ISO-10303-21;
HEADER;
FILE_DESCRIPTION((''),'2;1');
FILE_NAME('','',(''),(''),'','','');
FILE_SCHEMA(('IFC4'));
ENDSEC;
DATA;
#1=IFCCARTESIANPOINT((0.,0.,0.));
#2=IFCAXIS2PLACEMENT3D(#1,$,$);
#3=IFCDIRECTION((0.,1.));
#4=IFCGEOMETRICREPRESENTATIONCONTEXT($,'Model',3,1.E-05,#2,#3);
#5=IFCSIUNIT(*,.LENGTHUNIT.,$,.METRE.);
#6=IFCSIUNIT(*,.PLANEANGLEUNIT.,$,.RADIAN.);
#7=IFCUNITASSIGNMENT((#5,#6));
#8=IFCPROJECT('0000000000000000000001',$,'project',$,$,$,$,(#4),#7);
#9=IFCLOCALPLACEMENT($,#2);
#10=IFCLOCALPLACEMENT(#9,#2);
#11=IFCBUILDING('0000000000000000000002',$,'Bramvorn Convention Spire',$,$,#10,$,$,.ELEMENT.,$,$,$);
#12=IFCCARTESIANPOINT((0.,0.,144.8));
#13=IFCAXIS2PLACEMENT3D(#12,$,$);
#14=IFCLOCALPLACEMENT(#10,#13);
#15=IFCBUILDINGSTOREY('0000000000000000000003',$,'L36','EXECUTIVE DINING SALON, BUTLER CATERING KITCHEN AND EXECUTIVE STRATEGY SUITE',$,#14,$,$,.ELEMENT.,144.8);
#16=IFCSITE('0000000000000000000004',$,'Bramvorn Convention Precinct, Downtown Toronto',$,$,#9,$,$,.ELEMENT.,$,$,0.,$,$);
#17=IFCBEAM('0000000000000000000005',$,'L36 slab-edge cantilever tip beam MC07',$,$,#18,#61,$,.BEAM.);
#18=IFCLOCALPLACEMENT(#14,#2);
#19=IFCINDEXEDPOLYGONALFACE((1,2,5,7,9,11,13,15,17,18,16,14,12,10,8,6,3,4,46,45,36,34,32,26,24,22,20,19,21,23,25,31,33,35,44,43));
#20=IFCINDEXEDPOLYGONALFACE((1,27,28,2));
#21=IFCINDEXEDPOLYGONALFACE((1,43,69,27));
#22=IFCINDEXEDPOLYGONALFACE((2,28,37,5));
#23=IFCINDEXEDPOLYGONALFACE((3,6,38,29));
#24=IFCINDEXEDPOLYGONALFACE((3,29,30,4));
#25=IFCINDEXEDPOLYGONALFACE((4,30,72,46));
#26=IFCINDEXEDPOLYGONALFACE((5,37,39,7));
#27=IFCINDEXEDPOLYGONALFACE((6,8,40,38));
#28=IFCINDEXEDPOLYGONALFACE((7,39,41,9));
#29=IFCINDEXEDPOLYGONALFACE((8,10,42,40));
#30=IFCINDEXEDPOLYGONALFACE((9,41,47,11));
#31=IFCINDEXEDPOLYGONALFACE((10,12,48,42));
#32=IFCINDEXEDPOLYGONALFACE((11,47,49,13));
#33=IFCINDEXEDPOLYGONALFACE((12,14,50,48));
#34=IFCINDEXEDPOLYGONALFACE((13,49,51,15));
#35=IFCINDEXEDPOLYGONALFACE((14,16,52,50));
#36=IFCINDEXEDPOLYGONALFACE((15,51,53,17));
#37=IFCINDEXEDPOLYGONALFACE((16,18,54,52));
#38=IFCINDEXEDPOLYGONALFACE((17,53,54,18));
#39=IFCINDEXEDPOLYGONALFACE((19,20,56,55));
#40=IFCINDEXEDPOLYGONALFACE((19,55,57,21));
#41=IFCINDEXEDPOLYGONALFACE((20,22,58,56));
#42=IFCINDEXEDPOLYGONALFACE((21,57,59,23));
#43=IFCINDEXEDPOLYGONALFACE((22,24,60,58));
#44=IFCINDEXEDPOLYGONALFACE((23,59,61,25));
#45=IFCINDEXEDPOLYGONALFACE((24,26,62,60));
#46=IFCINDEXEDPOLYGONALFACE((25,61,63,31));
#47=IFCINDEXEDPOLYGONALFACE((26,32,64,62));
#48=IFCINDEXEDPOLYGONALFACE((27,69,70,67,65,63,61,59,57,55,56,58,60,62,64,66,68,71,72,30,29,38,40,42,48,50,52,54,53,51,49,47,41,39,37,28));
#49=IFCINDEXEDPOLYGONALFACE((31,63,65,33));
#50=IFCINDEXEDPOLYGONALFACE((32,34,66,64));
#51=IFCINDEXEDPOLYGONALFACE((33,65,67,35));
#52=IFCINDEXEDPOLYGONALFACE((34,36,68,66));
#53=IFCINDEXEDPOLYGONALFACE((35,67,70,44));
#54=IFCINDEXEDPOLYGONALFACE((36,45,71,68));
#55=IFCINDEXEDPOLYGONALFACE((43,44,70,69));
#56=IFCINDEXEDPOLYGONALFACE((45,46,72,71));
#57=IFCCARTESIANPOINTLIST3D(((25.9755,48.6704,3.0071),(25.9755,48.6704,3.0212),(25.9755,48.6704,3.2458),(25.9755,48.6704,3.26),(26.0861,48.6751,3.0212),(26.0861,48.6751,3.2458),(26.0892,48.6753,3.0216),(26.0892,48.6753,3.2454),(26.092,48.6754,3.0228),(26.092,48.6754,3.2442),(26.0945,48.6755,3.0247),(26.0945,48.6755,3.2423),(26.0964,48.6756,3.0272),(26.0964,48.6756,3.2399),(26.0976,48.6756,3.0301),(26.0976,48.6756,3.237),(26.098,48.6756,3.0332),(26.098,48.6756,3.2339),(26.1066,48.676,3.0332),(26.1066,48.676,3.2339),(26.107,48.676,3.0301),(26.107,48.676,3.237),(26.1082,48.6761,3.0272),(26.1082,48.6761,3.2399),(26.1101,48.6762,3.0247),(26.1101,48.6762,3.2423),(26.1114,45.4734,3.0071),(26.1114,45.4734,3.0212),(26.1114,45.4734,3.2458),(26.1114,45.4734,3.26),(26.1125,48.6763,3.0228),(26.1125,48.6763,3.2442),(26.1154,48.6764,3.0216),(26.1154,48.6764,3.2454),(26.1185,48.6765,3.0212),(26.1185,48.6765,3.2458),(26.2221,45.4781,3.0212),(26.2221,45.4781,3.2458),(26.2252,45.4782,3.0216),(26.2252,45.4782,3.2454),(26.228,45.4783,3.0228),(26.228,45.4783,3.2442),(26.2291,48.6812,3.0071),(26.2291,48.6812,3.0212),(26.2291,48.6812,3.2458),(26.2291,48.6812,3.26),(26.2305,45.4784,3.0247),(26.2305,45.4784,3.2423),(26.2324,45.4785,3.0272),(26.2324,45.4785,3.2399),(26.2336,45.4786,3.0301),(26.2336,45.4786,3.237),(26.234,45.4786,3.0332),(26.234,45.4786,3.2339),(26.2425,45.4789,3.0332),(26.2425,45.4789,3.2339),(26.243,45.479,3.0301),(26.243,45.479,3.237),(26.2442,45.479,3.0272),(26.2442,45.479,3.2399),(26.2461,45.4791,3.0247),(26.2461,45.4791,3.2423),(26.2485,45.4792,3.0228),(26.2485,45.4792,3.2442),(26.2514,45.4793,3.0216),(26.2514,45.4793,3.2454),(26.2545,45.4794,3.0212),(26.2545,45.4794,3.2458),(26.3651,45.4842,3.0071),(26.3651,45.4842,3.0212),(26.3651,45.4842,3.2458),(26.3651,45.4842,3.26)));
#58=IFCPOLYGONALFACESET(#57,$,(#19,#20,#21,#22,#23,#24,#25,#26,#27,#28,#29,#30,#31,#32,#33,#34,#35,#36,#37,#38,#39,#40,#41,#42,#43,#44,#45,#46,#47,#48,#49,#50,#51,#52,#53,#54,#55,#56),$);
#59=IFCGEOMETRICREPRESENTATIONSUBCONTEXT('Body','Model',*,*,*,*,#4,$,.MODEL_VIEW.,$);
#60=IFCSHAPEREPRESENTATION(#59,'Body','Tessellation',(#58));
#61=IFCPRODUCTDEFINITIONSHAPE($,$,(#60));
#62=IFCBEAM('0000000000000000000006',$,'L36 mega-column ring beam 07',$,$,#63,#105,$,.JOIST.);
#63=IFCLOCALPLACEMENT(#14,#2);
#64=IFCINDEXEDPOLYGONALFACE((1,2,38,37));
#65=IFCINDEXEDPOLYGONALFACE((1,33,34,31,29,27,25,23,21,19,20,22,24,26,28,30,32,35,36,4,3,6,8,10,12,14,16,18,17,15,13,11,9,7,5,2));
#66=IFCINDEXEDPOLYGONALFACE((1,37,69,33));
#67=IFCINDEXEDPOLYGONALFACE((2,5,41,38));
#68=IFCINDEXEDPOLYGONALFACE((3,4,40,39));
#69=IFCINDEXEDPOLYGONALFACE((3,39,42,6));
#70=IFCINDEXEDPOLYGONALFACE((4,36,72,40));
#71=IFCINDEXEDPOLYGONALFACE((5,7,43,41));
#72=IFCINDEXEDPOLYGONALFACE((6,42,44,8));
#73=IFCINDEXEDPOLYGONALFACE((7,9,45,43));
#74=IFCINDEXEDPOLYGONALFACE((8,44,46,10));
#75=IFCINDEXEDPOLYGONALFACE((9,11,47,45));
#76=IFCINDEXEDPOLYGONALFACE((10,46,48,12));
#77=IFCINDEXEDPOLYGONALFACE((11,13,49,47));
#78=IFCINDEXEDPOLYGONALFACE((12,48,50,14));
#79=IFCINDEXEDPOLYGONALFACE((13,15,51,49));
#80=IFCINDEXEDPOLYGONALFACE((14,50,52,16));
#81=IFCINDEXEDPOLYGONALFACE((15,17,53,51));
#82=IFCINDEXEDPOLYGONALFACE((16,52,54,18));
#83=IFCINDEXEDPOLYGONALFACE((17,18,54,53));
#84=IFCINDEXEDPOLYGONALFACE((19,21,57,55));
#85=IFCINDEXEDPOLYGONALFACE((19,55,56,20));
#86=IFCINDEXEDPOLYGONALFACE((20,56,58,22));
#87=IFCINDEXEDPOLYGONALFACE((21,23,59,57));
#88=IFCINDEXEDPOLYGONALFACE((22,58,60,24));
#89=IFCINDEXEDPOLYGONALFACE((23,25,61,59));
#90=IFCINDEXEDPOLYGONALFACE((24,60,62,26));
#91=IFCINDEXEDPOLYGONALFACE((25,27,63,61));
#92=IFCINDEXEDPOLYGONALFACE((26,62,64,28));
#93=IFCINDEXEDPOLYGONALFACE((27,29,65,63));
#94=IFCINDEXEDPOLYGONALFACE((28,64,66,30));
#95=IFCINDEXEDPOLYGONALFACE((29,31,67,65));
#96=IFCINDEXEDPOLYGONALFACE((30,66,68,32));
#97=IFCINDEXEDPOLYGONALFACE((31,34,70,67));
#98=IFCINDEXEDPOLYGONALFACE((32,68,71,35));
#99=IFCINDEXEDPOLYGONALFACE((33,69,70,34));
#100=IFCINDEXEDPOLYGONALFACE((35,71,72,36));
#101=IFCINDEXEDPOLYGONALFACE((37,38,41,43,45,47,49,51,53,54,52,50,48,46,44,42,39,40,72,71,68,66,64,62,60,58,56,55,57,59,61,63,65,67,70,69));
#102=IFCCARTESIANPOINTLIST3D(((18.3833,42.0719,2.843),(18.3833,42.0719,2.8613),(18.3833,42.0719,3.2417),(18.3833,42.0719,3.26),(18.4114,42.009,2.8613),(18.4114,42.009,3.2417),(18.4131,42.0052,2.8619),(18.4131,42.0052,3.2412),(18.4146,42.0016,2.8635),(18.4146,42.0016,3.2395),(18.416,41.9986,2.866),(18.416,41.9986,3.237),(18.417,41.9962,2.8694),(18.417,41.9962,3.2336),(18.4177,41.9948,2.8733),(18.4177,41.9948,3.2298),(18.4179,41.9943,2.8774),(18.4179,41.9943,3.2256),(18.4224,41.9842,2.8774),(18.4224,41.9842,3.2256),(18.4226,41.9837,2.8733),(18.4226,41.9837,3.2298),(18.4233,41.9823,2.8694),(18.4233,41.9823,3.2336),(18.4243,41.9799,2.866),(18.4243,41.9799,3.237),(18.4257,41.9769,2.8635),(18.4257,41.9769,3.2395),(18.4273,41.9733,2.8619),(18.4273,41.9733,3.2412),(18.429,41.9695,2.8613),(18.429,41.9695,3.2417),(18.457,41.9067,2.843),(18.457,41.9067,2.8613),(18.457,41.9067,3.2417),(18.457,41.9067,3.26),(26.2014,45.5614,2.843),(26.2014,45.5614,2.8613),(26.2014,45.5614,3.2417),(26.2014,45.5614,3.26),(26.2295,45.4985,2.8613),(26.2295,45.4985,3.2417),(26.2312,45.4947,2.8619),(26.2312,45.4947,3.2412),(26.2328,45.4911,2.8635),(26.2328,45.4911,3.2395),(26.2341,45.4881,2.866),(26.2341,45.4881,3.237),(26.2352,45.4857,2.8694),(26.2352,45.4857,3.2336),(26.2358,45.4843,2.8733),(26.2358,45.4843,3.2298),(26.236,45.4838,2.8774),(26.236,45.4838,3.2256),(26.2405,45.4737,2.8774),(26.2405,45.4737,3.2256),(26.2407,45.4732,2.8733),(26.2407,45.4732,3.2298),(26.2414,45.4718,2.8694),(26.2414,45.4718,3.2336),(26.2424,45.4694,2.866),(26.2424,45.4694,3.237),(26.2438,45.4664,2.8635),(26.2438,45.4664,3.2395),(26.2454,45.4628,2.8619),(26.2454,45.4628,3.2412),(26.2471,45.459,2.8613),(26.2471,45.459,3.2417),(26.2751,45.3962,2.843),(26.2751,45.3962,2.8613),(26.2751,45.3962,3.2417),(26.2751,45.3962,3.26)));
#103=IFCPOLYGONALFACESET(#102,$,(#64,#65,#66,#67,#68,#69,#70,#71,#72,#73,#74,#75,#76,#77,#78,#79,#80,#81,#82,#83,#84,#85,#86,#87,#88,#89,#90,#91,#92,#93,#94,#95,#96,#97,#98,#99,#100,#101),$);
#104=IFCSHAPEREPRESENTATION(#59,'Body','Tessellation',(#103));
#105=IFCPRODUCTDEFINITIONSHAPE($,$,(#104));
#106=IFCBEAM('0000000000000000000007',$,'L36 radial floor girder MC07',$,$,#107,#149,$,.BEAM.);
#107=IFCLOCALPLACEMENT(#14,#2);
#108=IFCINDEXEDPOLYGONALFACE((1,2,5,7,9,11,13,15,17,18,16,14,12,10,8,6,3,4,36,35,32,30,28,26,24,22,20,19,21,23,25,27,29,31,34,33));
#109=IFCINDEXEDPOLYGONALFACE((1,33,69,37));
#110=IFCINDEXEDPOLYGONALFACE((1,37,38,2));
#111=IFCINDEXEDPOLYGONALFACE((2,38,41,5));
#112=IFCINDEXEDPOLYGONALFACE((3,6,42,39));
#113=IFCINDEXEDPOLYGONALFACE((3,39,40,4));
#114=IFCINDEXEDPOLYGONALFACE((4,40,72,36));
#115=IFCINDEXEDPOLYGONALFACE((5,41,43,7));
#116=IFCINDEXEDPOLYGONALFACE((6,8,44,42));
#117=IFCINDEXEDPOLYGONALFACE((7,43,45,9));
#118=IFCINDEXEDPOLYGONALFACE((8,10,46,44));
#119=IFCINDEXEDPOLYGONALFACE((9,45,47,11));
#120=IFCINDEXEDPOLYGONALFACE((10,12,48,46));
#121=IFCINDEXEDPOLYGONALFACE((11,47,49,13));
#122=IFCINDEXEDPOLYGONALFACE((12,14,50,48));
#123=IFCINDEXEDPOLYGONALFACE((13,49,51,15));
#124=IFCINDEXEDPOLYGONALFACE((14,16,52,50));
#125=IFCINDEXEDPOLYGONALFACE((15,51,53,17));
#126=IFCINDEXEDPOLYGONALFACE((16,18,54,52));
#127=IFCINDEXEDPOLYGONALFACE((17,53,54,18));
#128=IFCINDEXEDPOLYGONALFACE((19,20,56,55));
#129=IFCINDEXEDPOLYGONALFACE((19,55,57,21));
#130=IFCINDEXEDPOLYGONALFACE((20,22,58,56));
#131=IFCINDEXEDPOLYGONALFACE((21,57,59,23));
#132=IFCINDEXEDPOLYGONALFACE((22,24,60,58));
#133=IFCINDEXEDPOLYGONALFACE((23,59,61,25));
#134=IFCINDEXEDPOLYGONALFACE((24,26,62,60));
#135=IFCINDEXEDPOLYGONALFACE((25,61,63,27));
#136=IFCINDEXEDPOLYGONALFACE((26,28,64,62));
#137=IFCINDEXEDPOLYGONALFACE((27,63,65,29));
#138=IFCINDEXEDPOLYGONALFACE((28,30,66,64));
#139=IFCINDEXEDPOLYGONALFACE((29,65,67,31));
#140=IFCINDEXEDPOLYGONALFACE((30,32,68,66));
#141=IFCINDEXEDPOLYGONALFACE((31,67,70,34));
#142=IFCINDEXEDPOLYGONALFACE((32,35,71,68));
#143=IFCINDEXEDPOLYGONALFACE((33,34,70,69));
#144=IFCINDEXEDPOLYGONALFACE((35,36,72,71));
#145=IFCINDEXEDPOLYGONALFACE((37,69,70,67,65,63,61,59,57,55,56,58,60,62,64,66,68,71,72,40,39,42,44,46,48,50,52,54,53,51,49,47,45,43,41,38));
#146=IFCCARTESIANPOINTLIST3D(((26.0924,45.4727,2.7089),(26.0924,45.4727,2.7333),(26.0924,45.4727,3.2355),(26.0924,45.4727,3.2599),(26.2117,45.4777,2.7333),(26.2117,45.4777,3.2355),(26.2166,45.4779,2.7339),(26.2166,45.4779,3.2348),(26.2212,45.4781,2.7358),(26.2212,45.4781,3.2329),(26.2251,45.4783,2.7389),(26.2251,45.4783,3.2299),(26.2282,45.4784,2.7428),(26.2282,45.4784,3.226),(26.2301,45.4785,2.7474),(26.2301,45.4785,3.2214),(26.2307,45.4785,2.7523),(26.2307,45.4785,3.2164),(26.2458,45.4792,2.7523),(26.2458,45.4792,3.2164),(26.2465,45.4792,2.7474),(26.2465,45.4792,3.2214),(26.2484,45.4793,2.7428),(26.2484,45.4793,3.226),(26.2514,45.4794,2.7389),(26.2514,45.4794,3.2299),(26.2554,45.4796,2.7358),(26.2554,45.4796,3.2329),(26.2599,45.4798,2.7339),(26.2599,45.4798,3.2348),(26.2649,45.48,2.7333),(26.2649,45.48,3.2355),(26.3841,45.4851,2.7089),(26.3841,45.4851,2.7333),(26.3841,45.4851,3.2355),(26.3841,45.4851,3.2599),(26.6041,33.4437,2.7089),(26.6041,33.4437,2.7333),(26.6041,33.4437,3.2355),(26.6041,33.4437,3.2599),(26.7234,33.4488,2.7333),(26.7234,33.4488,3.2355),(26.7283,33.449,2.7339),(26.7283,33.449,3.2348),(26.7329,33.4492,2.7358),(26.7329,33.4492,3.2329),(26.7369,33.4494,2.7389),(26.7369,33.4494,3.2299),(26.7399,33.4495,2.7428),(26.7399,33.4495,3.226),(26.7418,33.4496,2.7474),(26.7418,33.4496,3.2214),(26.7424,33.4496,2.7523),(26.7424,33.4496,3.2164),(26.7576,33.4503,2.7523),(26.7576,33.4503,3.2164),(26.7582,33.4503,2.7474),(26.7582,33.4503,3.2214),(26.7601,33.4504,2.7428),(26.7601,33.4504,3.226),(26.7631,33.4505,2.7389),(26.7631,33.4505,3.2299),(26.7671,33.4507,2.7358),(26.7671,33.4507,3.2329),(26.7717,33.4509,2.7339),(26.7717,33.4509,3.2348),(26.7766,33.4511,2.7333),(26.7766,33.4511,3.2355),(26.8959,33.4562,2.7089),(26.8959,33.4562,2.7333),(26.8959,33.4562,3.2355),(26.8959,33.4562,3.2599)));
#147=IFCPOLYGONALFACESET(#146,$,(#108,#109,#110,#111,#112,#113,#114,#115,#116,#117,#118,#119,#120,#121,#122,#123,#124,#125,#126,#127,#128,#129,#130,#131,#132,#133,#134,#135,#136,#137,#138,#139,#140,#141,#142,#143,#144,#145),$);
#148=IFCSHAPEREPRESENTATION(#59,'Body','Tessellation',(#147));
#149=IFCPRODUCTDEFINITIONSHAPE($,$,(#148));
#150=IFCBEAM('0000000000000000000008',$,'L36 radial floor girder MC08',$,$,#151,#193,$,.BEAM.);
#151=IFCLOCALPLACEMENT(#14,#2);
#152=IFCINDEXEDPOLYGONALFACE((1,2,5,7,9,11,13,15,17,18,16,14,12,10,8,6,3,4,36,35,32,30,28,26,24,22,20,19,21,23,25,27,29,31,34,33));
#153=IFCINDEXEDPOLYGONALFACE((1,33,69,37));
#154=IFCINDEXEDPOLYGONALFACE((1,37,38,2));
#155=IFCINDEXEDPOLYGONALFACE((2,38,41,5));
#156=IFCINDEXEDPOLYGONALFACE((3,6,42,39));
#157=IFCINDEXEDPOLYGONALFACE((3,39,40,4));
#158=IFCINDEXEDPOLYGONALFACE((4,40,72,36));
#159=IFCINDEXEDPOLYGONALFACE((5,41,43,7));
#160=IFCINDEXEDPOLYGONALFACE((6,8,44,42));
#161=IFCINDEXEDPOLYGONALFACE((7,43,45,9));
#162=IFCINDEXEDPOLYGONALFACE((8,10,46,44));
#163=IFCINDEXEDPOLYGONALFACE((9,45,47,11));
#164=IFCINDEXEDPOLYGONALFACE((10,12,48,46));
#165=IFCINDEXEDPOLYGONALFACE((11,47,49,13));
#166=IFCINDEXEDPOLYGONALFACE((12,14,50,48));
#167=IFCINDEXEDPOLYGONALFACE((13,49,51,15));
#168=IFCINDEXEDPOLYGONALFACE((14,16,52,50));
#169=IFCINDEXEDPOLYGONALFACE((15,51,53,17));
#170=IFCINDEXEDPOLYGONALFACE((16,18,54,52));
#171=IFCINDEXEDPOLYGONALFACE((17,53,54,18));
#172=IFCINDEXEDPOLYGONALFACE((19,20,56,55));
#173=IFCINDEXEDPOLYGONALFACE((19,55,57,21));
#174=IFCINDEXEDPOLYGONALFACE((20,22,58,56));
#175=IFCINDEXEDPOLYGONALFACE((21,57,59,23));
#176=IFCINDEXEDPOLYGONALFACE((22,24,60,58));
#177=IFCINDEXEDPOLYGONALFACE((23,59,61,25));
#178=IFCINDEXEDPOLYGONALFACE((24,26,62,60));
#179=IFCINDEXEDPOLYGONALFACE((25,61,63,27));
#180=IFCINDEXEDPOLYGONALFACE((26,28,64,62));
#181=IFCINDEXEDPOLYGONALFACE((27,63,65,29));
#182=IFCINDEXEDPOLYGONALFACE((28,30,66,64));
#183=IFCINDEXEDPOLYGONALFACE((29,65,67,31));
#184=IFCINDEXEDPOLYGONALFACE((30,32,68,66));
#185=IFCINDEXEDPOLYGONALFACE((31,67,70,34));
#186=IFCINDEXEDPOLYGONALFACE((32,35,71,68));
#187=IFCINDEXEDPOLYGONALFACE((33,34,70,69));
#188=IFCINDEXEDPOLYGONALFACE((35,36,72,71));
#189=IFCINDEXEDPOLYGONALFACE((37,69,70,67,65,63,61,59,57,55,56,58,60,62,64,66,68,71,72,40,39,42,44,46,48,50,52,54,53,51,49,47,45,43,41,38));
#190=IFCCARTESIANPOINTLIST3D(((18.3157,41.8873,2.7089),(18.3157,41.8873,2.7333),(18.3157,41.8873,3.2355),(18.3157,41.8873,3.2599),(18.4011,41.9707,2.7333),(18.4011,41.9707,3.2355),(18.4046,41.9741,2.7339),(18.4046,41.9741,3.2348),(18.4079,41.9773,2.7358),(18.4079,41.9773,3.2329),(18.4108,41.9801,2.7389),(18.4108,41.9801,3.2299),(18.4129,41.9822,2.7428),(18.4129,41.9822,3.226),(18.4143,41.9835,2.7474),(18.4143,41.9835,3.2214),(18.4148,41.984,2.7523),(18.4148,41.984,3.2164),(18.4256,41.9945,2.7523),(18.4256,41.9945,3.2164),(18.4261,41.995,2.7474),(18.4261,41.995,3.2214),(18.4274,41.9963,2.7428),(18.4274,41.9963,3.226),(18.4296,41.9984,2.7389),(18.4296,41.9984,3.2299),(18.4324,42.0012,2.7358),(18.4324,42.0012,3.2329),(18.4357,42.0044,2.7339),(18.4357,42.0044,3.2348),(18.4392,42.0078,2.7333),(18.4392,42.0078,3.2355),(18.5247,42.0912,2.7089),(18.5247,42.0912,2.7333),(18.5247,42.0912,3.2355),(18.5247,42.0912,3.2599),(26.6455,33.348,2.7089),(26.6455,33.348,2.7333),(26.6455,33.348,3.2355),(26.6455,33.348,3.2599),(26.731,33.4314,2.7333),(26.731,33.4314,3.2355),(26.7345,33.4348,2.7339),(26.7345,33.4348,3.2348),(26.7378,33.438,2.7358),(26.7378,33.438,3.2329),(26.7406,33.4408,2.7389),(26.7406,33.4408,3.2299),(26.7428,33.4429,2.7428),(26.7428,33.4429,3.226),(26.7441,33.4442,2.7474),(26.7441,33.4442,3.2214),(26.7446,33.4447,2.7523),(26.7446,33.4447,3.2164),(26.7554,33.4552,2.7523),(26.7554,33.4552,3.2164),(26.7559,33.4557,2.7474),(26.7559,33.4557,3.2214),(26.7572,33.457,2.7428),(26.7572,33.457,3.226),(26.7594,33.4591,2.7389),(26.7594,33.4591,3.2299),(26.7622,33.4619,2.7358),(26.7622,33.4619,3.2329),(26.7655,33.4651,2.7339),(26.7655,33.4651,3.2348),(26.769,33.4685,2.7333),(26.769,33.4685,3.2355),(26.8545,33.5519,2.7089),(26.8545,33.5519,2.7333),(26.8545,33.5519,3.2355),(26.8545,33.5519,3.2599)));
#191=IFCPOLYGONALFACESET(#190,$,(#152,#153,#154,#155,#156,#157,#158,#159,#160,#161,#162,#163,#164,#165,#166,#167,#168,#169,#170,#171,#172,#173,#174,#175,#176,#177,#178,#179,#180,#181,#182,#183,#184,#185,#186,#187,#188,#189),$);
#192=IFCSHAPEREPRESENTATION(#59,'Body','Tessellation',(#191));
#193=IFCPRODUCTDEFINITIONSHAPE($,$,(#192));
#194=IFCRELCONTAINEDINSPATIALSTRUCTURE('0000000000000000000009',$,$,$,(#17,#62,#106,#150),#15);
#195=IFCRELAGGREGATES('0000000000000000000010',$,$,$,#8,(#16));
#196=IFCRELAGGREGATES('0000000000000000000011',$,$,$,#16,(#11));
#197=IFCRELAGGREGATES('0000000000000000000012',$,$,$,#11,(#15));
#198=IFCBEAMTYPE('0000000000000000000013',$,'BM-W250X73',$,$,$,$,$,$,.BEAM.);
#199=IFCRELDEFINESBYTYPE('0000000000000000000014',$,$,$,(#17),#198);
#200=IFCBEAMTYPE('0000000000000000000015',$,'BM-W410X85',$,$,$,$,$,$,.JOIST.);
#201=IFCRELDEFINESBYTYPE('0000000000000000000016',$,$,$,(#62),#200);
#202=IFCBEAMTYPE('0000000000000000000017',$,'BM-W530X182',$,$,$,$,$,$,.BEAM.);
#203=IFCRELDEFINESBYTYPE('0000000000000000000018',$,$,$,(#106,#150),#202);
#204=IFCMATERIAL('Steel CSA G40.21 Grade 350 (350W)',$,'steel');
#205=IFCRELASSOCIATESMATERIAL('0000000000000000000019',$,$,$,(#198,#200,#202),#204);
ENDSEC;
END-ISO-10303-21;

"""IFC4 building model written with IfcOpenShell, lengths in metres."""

from ifc_helpers import new_model, si_unit, direction, frame, origin, origin_2d, place, context, subcontext, project, spatial, i_section, extrude, material, material_profile, profile_set, type_object, element, save


model = new_model("IFC4")

# Units and contexts
model_context = context("Model", 3, precision=1e-05, world=origin(), true_north=direction((0.0, 1.0)))
body_context = subcontext(model_context, "Body", "Model", "MODEL_VIEW")
ifc_project = project(units=[si_unit("LENGTHUNIT", "METRE"), si_unit("PLANEANGLEUNIT", "RADIAN")], contexts=[model_context])

# Site, building, storey
site_placement = place(None, origin())
site = spatial("IfcSite", under=ifc_project, at=site_placement, Name="Bramvorn Convention Precinct, Downtown Toronto", CompositionType="ELEMENT", RefElevation=0.0)
building_placement = place(site_placement, origin())
building = spatial("IfcBuilding", under=site, at=building_placement, Name="Bramvorn Convention Spire", CompositionType="ELEMENT")
storey_placement = place(building_placement, frame((0.0, 0.0, 144.8)))
storey = spatial("IfcBuildingStorey", under=building, at=storey_placement, Name="L36", Description="EXECUTIVE DINING SALON, BUTLER CATERING KITCHEN AND EXECUTIVE STRATEGY SUITE", CompositionType="ELEMENT", Elevation=144.8)

# Shared definitions
ifc_material_1 = material(Name="Steel CSA G40.21 Grade 350 (350W)", Category="steel")

# Beams
ifc_material_profile_1 = material_profile(ifc_material_1, i_section(OverallWidth=0.2539, OverallDepth=0.2529, WebThickness=0.0085, FlangeThickness=0.0142, FilletRadius=0.012, at=origin_2d()))
ifc_profile_set_1 = profile_set([ifc_material_profile_1], Name="Steel CSA G40.21 Grade 350 (350W) - W250X73")
beam_type_1 = type_object("IfcBeamType", Name="BM-W250X73", PredefinedType="BEAM", material=ifc_profile_set_1)
beam_1_placement = place(storey_placement, frame((26.2383, 45.4788, 3.1335), z_axis=(-0.042497, 0.999097, 0.0), x_axis=(-0.999097, -0.042497, 0.0)))
element("IfcBeam", 1, at=beam_1_placement, inside=storey, type_object=beam_type_1, Name="L36 slab-edge cantilever tip beam MC07", PredefinedType="BEAM", context=body_context, shape_type="SweptSolid", body=[
    extrude(i_section(OverallWidth=0.2539, OverallDepth=0.2529, WebThickness=0.0085, FlangeThickness=0.0142, FilletRadius=0.012, at=origin_2d()), origin(), (0.0, 0.0, 1.0), 3.2),
])
ifc_material_profile_2 = material_profile(ifc_material_1, i_section(OverallWidth=0.1809, OverallDepth=0.417, WebThickness=0.011, FlangeThickness=0.0183, FilletRadius=0.0161, at=origin_2d()))
ifc_profile_set_2 = profile_set([ifc_material_profile_2], Name="Steel CSA G40.21 Grade 350 (350W) - W410X85")
beam_type_2 = type_object("IfcBeamType", Name="BM-W410X85", PredefinedType="JOIST", material=ifc_profile_set_2)
beam_2_placement = place(storey_placement, frame((26.2383, 45.4788, 3.0515), z_axis=(-0.91317, -0.40758, 0.0), x_axis=(0.40758, -0.91317, 0.0)))
element("IfcBeam", 2, at=beam_2_placement, inside=storey, type_object=beam_type_2, Name="L36 mega-column ring beam 07", PredefinedType="JOIST", context=body_context, shape_type="SweptSolid", body=[
    extrude(i_section(OverallWidth=0.1809, OverallDepth=0.417, WebThickness=0.011, FlangeThickness=0.0183, FilletRadius=0.0161, at=origin_2d()), origin(), (0.0, 0.0, 1.0), 8.5615),
])
ifc_material_profile_3 = material_profile(ifc_material_1, i_section(OverallWidth=0.292, OverallDepth=0.551, WebThickness=0.0151, FlangeThickness=0.0244, FilletRadius=0.019, at=origin_2d()))
ifc_profile_set_3 = profile_set([ifc_material_profile_3], Name="Steel CSA G40.21 Grade 350 (350W) - W530X182")
beam_type_3 = type_object("IfcBeamType", Name="BM-W530X182", PredefinedType="BEAM", material=ifc_profile_set_3)
beam_3_placement = place(storey_placement, frame((26.75, 33.45, 2.9844), z_axis=(-0.042503, 0.999096, 0.0), x_axis=(-0.999096, -0.042503, 0.0)))
element("IfcBeam", 3, at=beam_3_placement, inside=storey, type_object=beam_type_3, Name="L36 radial floor girder MC07", PredefinedType="BEAM", context=body_context, shape_type="SweptSolid", body=[
    extrude(i_section(OverallWidth=0.292, OverallDepth=0.551, WebThickness=0.0151, FlangeThickness=0.0244, FilletRadius=0.019, at=origin_2d()), origin(), (0.0, 0.0, 1.0), 12.0398),
])
beam_4_placement = place(storey_placement, frame((26.75, 33.45, 2.9844), z_axis=(-0.698272, 0.715832, 0.0), x_axis=(-0.715832, -0.698272, 0.0)))
element("IfcBeam", 4, at=beam_4_placement, inside=storey, type_object=beam_type_3, Name="L36 radial floor girder MC08", PredefinedType="BEAM", context=body_context, shape_type="SweptSolid", body=[
    extrude(i_section(OverallWidth=0.292, OverallDepth=0.551, WebThickness=0.0151, FlangeThickness=0.0244, FilletRadius=0.019, at=origin_2d()), origin(), (0.0, 0.0, 1.0), 11.9292),
])

save(model, "model.ifc")
